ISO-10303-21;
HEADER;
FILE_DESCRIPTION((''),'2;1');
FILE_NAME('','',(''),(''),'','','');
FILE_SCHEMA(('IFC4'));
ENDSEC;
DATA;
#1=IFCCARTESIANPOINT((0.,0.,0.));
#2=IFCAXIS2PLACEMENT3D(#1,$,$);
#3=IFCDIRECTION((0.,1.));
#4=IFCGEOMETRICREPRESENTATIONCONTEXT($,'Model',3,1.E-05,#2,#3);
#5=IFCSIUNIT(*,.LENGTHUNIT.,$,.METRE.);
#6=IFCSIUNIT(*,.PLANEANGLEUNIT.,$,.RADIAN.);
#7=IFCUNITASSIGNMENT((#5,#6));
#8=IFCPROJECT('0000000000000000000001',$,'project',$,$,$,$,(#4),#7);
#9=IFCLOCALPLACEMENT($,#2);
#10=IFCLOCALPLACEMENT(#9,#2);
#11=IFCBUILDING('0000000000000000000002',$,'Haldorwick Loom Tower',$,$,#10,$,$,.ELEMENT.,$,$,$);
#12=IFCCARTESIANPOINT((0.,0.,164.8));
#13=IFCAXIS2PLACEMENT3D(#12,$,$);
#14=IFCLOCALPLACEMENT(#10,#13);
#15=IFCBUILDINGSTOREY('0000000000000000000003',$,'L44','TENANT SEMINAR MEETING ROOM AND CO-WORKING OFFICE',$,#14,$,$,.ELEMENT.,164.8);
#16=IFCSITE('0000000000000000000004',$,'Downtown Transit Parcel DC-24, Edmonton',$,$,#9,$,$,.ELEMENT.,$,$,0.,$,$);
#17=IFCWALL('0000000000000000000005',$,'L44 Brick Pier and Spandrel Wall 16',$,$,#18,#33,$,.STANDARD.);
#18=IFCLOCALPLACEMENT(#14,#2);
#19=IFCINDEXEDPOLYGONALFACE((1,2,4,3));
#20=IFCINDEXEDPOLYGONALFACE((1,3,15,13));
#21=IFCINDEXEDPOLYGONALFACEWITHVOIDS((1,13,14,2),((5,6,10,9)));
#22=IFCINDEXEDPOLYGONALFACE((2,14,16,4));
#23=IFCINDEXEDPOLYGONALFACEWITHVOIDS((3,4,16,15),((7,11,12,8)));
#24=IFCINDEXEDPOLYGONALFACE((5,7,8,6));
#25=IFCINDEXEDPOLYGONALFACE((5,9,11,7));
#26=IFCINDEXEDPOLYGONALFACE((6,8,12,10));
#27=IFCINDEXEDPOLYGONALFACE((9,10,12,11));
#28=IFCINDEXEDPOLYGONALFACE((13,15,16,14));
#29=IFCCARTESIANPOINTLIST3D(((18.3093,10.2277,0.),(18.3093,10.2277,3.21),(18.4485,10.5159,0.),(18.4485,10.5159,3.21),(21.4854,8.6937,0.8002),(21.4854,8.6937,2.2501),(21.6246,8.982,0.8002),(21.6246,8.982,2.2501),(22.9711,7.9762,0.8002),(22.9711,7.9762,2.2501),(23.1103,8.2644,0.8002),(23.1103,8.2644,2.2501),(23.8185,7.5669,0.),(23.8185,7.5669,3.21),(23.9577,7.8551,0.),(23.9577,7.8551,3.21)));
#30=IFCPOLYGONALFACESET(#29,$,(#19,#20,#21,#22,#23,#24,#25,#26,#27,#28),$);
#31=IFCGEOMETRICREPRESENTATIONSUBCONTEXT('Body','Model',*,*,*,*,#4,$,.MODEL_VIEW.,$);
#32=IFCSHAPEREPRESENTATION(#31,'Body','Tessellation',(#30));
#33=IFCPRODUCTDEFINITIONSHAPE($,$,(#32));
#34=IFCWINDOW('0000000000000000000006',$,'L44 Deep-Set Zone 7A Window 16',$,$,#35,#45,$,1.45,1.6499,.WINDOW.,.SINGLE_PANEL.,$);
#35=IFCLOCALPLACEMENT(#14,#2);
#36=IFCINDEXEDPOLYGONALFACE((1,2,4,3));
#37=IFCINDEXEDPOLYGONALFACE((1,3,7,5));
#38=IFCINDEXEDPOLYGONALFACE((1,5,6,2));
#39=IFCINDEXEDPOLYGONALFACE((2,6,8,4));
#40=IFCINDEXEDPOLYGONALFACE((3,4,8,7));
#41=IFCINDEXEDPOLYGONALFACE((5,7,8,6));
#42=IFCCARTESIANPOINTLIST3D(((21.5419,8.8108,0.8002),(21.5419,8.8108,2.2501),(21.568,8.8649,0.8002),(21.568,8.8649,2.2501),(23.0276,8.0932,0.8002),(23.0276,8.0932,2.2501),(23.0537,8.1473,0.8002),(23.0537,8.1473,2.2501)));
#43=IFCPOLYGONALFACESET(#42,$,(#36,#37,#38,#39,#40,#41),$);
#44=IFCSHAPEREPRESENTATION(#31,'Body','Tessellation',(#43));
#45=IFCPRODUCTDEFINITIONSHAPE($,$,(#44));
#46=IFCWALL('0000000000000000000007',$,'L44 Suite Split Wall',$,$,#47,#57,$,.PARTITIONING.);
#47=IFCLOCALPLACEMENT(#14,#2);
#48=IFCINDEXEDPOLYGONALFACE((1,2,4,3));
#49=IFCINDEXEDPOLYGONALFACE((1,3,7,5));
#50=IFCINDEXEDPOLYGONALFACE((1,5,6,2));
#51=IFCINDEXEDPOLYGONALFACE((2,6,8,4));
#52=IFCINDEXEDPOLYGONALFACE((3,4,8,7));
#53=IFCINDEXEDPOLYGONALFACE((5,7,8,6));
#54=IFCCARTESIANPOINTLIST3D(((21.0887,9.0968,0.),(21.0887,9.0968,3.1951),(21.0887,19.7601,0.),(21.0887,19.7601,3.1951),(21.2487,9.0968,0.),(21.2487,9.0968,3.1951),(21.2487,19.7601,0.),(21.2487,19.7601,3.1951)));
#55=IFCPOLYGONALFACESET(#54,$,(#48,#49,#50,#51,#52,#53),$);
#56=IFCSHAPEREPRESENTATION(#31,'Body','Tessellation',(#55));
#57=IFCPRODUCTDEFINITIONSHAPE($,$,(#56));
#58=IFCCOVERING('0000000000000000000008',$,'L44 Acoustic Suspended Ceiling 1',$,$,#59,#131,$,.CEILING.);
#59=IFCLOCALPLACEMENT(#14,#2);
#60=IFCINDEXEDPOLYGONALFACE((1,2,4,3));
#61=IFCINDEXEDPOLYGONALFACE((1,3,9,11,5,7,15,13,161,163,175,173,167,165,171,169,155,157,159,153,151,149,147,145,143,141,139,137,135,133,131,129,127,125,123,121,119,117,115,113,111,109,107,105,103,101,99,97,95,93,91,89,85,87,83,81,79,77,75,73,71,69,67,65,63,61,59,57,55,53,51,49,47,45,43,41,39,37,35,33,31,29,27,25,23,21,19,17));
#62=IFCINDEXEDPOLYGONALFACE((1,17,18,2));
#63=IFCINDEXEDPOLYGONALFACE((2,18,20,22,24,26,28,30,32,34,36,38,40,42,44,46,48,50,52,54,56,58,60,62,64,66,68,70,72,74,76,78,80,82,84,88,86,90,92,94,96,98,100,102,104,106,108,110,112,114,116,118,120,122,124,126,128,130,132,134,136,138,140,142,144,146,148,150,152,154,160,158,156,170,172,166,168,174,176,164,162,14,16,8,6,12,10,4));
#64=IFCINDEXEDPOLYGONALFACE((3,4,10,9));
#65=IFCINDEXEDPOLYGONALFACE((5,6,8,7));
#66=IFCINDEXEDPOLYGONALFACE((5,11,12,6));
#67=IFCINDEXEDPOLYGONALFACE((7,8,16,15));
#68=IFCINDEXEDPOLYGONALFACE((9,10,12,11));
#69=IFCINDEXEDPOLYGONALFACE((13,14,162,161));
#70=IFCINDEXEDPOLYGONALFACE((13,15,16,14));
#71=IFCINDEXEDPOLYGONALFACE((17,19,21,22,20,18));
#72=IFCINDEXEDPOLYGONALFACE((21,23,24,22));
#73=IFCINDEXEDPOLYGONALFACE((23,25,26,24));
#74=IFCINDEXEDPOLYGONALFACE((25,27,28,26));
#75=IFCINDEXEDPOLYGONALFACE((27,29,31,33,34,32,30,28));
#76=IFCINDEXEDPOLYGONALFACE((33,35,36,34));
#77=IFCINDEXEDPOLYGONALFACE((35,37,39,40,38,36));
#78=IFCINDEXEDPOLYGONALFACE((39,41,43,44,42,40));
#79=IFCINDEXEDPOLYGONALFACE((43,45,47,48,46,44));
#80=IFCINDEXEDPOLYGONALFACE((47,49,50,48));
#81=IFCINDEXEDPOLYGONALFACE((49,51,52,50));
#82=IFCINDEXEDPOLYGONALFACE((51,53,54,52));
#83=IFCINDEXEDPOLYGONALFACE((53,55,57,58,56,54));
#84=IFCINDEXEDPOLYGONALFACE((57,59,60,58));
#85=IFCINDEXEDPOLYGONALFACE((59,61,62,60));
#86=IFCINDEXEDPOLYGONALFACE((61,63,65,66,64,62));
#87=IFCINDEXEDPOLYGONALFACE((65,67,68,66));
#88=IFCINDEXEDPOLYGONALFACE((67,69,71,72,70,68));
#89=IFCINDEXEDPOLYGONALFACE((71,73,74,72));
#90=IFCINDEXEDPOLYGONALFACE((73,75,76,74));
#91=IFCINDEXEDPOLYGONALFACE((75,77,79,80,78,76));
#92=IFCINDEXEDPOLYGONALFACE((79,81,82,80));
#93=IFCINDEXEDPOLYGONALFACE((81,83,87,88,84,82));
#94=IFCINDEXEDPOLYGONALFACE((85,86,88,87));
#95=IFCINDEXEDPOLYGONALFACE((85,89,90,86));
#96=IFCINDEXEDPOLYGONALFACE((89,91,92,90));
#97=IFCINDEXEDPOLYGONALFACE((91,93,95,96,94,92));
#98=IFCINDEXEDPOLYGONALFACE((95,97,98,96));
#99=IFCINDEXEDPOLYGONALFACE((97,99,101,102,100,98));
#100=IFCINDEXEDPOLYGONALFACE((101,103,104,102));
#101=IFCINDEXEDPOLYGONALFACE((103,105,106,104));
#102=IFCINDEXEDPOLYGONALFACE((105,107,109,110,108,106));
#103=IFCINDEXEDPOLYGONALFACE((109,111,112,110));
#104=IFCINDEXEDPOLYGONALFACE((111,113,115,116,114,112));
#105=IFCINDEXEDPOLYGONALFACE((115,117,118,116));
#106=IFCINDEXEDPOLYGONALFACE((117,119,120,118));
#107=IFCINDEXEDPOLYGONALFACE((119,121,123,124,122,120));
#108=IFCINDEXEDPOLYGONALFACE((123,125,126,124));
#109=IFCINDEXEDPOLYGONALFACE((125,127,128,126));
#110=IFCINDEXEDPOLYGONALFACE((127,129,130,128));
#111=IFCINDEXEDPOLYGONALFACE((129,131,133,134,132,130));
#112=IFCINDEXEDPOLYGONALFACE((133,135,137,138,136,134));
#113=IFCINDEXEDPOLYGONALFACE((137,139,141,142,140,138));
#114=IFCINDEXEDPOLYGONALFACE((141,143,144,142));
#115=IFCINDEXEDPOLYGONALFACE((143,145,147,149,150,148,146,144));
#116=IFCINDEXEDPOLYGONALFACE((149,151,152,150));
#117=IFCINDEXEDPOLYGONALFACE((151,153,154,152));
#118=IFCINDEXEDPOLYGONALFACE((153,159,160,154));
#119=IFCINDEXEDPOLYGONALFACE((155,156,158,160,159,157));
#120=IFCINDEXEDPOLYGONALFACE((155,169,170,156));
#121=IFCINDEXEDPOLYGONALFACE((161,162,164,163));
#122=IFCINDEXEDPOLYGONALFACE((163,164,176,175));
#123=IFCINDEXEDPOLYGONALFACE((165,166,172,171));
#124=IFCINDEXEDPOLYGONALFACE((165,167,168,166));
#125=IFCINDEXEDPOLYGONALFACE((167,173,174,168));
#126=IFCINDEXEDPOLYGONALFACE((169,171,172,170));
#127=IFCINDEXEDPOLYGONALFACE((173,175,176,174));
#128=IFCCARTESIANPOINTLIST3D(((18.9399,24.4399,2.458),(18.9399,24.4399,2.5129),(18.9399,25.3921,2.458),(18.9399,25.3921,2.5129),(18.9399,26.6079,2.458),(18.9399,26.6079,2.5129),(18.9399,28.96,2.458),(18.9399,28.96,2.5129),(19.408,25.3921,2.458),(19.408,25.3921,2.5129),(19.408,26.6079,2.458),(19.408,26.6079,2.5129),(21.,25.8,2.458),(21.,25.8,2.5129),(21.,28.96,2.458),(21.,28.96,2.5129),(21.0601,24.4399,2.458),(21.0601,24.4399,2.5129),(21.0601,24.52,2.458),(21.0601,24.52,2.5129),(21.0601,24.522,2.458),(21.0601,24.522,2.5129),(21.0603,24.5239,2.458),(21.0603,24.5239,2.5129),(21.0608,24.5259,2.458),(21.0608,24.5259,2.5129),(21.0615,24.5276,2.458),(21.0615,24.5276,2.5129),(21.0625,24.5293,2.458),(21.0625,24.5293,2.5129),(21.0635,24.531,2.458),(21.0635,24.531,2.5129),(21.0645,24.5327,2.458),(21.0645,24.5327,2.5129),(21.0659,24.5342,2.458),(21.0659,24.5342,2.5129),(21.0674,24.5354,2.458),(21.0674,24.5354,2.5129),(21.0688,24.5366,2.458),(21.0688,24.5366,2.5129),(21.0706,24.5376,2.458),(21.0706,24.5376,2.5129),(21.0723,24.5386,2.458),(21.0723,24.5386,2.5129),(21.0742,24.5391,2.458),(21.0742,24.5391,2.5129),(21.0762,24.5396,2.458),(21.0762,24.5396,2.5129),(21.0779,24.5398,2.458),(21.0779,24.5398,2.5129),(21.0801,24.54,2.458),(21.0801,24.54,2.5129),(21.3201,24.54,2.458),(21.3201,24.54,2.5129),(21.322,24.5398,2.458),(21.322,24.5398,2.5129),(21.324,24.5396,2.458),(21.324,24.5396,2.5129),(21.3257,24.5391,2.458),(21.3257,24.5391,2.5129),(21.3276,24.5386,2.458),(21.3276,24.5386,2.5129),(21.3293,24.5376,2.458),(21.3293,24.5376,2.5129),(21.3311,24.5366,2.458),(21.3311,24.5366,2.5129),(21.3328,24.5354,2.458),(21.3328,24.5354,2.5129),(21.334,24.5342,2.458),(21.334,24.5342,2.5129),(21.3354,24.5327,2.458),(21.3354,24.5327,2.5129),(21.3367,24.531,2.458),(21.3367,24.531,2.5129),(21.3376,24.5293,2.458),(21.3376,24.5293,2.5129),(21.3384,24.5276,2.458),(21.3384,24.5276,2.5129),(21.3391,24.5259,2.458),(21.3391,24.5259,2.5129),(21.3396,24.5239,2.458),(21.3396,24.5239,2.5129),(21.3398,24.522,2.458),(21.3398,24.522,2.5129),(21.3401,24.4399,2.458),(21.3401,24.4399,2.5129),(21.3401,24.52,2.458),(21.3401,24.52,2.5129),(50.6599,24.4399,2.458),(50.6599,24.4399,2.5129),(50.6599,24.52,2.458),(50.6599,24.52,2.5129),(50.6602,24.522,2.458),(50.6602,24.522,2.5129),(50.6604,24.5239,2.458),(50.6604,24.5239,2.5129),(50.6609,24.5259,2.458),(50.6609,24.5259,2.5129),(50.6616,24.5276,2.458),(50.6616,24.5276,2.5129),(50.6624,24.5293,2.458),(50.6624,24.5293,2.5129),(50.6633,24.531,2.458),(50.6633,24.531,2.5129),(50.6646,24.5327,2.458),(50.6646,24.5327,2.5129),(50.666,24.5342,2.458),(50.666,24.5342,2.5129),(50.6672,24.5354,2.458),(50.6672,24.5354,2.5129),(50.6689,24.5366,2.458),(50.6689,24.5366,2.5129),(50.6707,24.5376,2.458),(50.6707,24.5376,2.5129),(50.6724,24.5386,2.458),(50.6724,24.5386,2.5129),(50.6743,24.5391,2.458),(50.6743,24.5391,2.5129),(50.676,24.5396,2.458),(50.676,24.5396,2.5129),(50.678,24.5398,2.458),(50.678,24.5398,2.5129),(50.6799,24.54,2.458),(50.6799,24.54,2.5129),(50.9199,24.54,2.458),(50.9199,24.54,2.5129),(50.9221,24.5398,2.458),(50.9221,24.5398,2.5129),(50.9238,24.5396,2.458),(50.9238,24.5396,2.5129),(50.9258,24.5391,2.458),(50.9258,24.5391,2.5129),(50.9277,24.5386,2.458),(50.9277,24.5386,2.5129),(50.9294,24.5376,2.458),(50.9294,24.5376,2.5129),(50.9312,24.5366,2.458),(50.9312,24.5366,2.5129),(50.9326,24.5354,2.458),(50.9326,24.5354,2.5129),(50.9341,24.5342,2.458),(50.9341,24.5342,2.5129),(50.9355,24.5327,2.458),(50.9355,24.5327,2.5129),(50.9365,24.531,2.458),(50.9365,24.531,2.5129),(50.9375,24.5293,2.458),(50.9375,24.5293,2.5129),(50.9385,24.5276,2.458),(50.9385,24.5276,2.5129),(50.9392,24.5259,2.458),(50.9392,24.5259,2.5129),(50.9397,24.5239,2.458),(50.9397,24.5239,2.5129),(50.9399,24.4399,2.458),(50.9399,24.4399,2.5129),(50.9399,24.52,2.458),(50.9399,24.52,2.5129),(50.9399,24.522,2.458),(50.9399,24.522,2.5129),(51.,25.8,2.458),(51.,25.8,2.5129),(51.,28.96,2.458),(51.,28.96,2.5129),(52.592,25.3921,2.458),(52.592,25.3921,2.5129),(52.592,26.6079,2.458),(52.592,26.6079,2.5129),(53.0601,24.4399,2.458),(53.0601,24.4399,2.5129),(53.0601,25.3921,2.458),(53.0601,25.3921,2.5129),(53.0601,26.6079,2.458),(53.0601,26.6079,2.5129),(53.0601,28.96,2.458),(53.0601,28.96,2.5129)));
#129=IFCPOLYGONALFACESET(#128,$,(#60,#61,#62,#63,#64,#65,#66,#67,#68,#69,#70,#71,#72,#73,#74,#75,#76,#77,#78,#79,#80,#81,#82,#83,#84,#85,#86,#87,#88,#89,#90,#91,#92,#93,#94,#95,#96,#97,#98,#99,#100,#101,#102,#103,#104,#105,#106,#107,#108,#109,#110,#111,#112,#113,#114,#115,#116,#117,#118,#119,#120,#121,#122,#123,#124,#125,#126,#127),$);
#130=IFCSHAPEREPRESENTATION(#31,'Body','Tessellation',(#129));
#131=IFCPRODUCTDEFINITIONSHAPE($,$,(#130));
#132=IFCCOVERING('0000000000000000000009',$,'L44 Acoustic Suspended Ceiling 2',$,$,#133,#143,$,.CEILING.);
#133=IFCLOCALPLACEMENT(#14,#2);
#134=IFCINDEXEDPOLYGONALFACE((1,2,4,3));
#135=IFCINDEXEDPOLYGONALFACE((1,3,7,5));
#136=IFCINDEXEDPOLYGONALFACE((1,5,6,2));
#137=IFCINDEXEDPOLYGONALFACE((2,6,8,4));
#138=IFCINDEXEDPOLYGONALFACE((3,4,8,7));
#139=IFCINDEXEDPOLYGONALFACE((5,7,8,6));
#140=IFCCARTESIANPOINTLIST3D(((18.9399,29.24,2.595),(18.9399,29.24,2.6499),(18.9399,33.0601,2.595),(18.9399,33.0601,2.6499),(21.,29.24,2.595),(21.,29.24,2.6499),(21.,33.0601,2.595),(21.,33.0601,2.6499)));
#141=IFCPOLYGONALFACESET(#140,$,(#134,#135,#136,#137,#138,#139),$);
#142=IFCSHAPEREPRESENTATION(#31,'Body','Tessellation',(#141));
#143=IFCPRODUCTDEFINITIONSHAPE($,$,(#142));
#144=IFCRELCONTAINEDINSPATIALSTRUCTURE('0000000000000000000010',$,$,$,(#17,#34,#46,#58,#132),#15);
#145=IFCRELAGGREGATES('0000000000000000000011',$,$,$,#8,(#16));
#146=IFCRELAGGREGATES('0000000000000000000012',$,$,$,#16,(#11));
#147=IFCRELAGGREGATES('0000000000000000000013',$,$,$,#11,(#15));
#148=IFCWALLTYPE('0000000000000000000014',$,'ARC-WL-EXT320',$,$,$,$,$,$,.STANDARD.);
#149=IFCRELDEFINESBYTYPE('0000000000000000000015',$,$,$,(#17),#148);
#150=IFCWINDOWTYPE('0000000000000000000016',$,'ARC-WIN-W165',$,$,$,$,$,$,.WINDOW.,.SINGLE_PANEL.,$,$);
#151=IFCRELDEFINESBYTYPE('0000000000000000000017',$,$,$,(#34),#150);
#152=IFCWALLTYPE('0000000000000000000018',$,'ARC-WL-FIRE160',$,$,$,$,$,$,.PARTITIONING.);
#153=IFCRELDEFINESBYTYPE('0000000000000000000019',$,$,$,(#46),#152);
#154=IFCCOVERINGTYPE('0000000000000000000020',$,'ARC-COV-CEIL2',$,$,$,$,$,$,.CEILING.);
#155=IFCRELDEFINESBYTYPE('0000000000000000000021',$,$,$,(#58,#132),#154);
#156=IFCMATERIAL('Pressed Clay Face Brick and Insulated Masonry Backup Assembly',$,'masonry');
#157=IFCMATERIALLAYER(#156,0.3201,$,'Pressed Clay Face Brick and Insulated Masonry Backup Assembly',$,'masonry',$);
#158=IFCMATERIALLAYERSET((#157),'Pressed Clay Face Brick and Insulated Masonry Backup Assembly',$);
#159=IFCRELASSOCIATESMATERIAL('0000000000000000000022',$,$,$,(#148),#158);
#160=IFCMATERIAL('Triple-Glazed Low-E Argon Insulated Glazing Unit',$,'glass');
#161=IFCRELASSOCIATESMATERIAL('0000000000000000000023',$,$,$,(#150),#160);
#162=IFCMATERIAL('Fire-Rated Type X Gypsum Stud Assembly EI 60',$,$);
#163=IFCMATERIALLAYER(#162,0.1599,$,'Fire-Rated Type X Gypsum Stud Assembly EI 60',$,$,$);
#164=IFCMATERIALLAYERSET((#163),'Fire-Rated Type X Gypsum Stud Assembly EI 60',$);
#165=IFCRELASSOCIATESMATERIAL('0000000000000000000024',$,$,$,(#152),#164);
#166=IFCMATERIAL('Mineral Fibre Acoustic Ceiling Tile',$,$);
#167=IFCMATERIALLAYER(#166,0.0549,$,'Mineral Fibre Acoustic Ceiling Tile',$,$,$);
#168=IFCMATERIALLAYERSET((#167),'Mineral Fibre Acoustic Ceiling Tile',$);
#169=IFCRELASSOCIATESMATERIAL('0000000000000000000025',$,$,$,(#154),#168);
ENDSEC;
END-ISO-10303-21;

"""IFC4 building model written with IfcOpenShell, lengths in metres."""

from ifc_helpers import new_model, si_unit, direction, frame, frame_2d, origin, place, context, subcontext, project, spatial, polyline, rectangle, outline, extrude, material, layer, layer_set, type_object, element, fill, save


model = new_model("IFC4")

# Units and contexts
model_context = context("Model", 3, precision=1e-05, world=origin(), true_north=direction((0.0, 1.0)))
body_context = subcontext(model_context, "Body", "Model", "MODEL_VIEW")
ifc_project = project(units=[si_unit("LENGTHUNIT", "METRE"), si_unit("PLANEANGLEUNIT", "RADIAN")], contexts=[model_context])

# Site, building, storey
site_placement = place(None, origin())
site = spatial("IfcSite", under=ifc_project, at=site_placement, Name="Downtown Transit Parcel DC-24, Edmonton", CompositionType="ELEMENT", RefElevation=0.0)
building_placement = place(site_placement, origin())
building = spatial("IfcBuilding", under=site, at=building_placement, Name="Haldorwick Loom Tower", CompositionType="ELEMENT")
storey_placement = place(building_placement, frame((0.0, 0.0, 164.8)))
storey = spatial("IfcBuildingStorey", under=building, at=storey_placement, Name="L44", Description="TENANT SEMINAR MEETING ROOM AND CO-WORKING OFFICE", CompositionType="ELEMENT", Elevation=164.8)

# Shared definitions
ifc_material_1 = material(Name="Pressed Clay Face Brick and Insulated Masonry Backup Assembly", Category="masonry")
ifc_layer_1 = layer(ifc_material_1, 0.3201, Name="Pressed Clay Face Brick and Insulated Masonry Backup Assembly", Category="masonry")
ifc_layer_set_1 = layer_set([ifc_layer_1], Name="Pressed Clay Face Brick and Insulated Masonry Backup Assembly")
wall_type_1 = type_object("IfcWallType", Name="ARC-WL-EXT320", PredefinedType="STANDARD", material=ifc_layer_set_1)

# Wall, opening, window
wall_1_placement = place(storey_placement, frame((18.3789, 10.3718, 0.0), z_axis=(0.0, 0.0, 1.0), x_axis=(0.900472, -0.434913, 0.0)))
wall_1 = element("IfcWall", 1, at=wall_1_placement, inside=storey, type_object=wall_type_1, Name="L44 Brick Pier and Spandrel Wall 16", PredefinedType="STANDARD", context=body_context, shape_type="SweptSolid", body=[
    extrude(rectangle(XDim=6.1182, YDim=0.3201, at=frame_2d((3.0591, 0.0))), origin(), (0.0, 0.0, 1.0), 3.21),
])
opening_1_placement = place(wall_1_placement, frame((3.5271, 0.0, 0.8)))
opening_1 = element("IfcOpeningElement", 2, at=opening_1_placement, cuts=wall_1, PredefinedType="OPENING", context=body_context, shape_type="SweptSolid", body=[
    extrude(rectangle(XDim=1.6499, YDim=1.45, at=frame_2d((0.825, 0.7251))), frame((0.0, 0.1699, 0.0), z_axis=(0.0, -1.0, 0.0), x_axis=(1.0, 0.0, 0.0)), (0.0, 0.0, 1.0), 0.3401),
])
ifc_material_2 = material(Name="Triple-Glazed Low-E Argon Insulated Glazing Unit", Category="glass")
window_type = type_object("IfcWindowType", Name="ARC-WIN-W165", PartitioningType="SINGLE_PANEL", PredefinedType="WINDOW", material=ifc_material_2)
window_placement = place(opening_1_placement, origin())
window = element("IfcWindow", 3, at=window_placement, inside=storey, type_object=window_type, Name="L44 Deep-Set Zone 7A Window 16", OverallHeight=1.45, OverallWidth=1.6499, PartitioningType="SINGLE_PANEL", PredefinedType="WINDOW", context=body_context, shape_type="SweptSolid", body=[
    extrude(rectangle(XDim=1.6499, YDim=1.45, at=frame_2d((0.825, 0.7251))), frame((0.0, 0.03, 0.0), z_axis=(0.0, -1.0, 0.0), x_axis=(1.0, 0.0, 0.0)), (0.0, 0.0, 1.0), 0.0601),
])
fill(opening_1, window)

# Wall
ifc_material_3 = material(Name="Fire-Rated Type X Gypsum Stud Assembly EI 60")
ifc_layer_2 = layer(ifc_material_3, 0.1599, Name="Fire-Rated Type X Gypsum Stud Assembly EI 60")
ifc_layer_set_2 = layer_set([ifc_layer_2], Name="Fire-Rated Type X Gypsum Stud Assembly EI 60")
wall_type_2 = type_object("IfcWallType", Name="ARC-WL-FIRE160", PredefinedType="PARTITIONING", material=ifc_layer_set_2)
wall_2_placement = place(storey_placement, frame((21.1687, 19.76, 0.0), z_axis=(0.0, 0.0, 1.0), x_axis=(0.0, -1.0, 0.0)))
element("IfcWall", 4, at=wall_2_placement, inside=storey, type_object=wall_type_2, Name="L44 Suite Split Wall", PredefinedType="PARTITIONING", context=body_context, shape_type="SweptSolid", body=[
    extrude(rectangle(XDim=10.6633, YDim=0.1599, at=frame_2d((5.3315, 0.0))), origin(), (0.0, 0.0, 1.0), 3.1951),
])

# Coverings
ifc_material_4 = material(Name="Mineral Fibre Acoustic Ceiling Tile")
ifc_layer_3 = layer(ifc_material_4, 0.0549, Name="Mineral Fibre Acoustic Ceiling Tile")
ifc_layer_set_3 = layer_set([ifc_layer_3], Name="Mineral Fibre Acoustic Ceiling Tile")
covering_type_1 = type_object("IfcCoveringType", Name="ARC-COV-CEIL2", PredefinedType="CEILING", material=ifc_layer_set_3)
covering_1_placement = place(storey_placement, frame((0.0, 0.0, 2.458)))
element("IfcCovering", 5, at=covering_1_placement, inside=storey, type_object=covering_type_1, Name="L44 Acoustic Suspended Ceiling 1", PredefinedType="CEILING", context=body_context, shape_type="SweptSolid", body=[
    extrude(outline(polyline([(51.0, 28.96), (51.0, 25.8), (21.0, 25.8), (21.0, 28.96), (18.9399, 28.96), (18.9399, 26.6079), (19.408, 26.6079), (19.408, 25.3921), (18.9399, 25.3921), (18.9399, 24.4399), (21.0601, 24.4399), (21.0601, 24.52), (21.0601, 24.522), (21.0603, 24.5239), (21.0608, 24.5259), (21.0615, 24.5276), (21.0625, 24.5293), (21.0635, 24.531), (21.0645, 24.5327), (21.0659, 24.5342), (21.0674, 24.5354), (21.0688, 24.5366), (21.0706, 24.5376), (21.0723, 24.5386), (21.0742, 24.5391), (21.0762, 24.5396), (21.0779, 24.5398), (21.0801, 24.54), (21.3201, 24.54), (21.322, 24.5398), (21.324, 24.5396), (21.3257, 24.5391), (21.3276, 24.5386), (21.3293, 24.5376), (21.3311, 24.5366), (21.3328, 24.5354), (21.334, 24.5342), (21.3354, 24.5327), (21.3367, 24.531), (21.3376, 24.5293), (21.3384, 24.5276), (21.3391, 24.5259), (21.3396, 24.5239), (21.3398, 24.522), (21.3401, 24.52), (21.3401, 24.4399), (50.6599, 24.4399), (50.6599, 24.52), (50.6602, 24.522), (50.6604, 24.5239), (50.6609, 24.5259), (50.6616, 24.5276), (50.6624, 24.5293), (50.6633, 24.531), (50.6646, 24.5327), (50.666, 24.5342), (50.6672, 24.5354), (50.6689, 24.5366), (50.6707, 24.5376), (50.6724, 24.5386), (50.6743, 24.5391), (50.676, 24.5396), (50.678, 24.5398), (50.6799, 24.54), (50.9199, 24.54), (50.9221, 24.5398), (50.9238, 24.5396), (50.9258, 24.5391), (50.9277, 24.5386), (50.9294, 24.5376), (50.9312, 24.5366), (50.9326, 24.5354), (50.9341, 24.5342), (50.9355, 24.5327), (50.9365, 24.531), (50.9375, 24.5293), (50.9385, 24.5276), (50.9392, 24.5259), (50.9397, 24.5239), (50.9399, 24.522), (50.9399, 24.52), (50.9399, 24.4399), (53.0601, 24.4399), (53.0601, 25.3921), (52.592, 25.3921), (52.592, 26.6079), (53.0601, 26.6079), (53.0601, 28.96), (51.0, 28.96)])), origin(), (0.0, 0.0, 1.0), 0.0549),
])
covering_2_placement = place(storey_placement, frame((0.0, 0.0, 2.595)))
element("IfcCovering", 6, at=covering_2_placement, inside=storey, type_object=covering_type_1, Name="L44 Acoustic Suspended Ceiling 2", PredefinedType="CEILING", context=body_context, shape_type="SweptSolid", body=[
    extrude(outline(polyline([(18.9399, 33.0601), (18.9399, 29.24), (21.0, 29.24), (21.0, 33.0601), (18.9399, 33.0601)])), origin(), (0.0, 0.0, 1.0), 0.0549),
])

save(model, "model.ifc")
